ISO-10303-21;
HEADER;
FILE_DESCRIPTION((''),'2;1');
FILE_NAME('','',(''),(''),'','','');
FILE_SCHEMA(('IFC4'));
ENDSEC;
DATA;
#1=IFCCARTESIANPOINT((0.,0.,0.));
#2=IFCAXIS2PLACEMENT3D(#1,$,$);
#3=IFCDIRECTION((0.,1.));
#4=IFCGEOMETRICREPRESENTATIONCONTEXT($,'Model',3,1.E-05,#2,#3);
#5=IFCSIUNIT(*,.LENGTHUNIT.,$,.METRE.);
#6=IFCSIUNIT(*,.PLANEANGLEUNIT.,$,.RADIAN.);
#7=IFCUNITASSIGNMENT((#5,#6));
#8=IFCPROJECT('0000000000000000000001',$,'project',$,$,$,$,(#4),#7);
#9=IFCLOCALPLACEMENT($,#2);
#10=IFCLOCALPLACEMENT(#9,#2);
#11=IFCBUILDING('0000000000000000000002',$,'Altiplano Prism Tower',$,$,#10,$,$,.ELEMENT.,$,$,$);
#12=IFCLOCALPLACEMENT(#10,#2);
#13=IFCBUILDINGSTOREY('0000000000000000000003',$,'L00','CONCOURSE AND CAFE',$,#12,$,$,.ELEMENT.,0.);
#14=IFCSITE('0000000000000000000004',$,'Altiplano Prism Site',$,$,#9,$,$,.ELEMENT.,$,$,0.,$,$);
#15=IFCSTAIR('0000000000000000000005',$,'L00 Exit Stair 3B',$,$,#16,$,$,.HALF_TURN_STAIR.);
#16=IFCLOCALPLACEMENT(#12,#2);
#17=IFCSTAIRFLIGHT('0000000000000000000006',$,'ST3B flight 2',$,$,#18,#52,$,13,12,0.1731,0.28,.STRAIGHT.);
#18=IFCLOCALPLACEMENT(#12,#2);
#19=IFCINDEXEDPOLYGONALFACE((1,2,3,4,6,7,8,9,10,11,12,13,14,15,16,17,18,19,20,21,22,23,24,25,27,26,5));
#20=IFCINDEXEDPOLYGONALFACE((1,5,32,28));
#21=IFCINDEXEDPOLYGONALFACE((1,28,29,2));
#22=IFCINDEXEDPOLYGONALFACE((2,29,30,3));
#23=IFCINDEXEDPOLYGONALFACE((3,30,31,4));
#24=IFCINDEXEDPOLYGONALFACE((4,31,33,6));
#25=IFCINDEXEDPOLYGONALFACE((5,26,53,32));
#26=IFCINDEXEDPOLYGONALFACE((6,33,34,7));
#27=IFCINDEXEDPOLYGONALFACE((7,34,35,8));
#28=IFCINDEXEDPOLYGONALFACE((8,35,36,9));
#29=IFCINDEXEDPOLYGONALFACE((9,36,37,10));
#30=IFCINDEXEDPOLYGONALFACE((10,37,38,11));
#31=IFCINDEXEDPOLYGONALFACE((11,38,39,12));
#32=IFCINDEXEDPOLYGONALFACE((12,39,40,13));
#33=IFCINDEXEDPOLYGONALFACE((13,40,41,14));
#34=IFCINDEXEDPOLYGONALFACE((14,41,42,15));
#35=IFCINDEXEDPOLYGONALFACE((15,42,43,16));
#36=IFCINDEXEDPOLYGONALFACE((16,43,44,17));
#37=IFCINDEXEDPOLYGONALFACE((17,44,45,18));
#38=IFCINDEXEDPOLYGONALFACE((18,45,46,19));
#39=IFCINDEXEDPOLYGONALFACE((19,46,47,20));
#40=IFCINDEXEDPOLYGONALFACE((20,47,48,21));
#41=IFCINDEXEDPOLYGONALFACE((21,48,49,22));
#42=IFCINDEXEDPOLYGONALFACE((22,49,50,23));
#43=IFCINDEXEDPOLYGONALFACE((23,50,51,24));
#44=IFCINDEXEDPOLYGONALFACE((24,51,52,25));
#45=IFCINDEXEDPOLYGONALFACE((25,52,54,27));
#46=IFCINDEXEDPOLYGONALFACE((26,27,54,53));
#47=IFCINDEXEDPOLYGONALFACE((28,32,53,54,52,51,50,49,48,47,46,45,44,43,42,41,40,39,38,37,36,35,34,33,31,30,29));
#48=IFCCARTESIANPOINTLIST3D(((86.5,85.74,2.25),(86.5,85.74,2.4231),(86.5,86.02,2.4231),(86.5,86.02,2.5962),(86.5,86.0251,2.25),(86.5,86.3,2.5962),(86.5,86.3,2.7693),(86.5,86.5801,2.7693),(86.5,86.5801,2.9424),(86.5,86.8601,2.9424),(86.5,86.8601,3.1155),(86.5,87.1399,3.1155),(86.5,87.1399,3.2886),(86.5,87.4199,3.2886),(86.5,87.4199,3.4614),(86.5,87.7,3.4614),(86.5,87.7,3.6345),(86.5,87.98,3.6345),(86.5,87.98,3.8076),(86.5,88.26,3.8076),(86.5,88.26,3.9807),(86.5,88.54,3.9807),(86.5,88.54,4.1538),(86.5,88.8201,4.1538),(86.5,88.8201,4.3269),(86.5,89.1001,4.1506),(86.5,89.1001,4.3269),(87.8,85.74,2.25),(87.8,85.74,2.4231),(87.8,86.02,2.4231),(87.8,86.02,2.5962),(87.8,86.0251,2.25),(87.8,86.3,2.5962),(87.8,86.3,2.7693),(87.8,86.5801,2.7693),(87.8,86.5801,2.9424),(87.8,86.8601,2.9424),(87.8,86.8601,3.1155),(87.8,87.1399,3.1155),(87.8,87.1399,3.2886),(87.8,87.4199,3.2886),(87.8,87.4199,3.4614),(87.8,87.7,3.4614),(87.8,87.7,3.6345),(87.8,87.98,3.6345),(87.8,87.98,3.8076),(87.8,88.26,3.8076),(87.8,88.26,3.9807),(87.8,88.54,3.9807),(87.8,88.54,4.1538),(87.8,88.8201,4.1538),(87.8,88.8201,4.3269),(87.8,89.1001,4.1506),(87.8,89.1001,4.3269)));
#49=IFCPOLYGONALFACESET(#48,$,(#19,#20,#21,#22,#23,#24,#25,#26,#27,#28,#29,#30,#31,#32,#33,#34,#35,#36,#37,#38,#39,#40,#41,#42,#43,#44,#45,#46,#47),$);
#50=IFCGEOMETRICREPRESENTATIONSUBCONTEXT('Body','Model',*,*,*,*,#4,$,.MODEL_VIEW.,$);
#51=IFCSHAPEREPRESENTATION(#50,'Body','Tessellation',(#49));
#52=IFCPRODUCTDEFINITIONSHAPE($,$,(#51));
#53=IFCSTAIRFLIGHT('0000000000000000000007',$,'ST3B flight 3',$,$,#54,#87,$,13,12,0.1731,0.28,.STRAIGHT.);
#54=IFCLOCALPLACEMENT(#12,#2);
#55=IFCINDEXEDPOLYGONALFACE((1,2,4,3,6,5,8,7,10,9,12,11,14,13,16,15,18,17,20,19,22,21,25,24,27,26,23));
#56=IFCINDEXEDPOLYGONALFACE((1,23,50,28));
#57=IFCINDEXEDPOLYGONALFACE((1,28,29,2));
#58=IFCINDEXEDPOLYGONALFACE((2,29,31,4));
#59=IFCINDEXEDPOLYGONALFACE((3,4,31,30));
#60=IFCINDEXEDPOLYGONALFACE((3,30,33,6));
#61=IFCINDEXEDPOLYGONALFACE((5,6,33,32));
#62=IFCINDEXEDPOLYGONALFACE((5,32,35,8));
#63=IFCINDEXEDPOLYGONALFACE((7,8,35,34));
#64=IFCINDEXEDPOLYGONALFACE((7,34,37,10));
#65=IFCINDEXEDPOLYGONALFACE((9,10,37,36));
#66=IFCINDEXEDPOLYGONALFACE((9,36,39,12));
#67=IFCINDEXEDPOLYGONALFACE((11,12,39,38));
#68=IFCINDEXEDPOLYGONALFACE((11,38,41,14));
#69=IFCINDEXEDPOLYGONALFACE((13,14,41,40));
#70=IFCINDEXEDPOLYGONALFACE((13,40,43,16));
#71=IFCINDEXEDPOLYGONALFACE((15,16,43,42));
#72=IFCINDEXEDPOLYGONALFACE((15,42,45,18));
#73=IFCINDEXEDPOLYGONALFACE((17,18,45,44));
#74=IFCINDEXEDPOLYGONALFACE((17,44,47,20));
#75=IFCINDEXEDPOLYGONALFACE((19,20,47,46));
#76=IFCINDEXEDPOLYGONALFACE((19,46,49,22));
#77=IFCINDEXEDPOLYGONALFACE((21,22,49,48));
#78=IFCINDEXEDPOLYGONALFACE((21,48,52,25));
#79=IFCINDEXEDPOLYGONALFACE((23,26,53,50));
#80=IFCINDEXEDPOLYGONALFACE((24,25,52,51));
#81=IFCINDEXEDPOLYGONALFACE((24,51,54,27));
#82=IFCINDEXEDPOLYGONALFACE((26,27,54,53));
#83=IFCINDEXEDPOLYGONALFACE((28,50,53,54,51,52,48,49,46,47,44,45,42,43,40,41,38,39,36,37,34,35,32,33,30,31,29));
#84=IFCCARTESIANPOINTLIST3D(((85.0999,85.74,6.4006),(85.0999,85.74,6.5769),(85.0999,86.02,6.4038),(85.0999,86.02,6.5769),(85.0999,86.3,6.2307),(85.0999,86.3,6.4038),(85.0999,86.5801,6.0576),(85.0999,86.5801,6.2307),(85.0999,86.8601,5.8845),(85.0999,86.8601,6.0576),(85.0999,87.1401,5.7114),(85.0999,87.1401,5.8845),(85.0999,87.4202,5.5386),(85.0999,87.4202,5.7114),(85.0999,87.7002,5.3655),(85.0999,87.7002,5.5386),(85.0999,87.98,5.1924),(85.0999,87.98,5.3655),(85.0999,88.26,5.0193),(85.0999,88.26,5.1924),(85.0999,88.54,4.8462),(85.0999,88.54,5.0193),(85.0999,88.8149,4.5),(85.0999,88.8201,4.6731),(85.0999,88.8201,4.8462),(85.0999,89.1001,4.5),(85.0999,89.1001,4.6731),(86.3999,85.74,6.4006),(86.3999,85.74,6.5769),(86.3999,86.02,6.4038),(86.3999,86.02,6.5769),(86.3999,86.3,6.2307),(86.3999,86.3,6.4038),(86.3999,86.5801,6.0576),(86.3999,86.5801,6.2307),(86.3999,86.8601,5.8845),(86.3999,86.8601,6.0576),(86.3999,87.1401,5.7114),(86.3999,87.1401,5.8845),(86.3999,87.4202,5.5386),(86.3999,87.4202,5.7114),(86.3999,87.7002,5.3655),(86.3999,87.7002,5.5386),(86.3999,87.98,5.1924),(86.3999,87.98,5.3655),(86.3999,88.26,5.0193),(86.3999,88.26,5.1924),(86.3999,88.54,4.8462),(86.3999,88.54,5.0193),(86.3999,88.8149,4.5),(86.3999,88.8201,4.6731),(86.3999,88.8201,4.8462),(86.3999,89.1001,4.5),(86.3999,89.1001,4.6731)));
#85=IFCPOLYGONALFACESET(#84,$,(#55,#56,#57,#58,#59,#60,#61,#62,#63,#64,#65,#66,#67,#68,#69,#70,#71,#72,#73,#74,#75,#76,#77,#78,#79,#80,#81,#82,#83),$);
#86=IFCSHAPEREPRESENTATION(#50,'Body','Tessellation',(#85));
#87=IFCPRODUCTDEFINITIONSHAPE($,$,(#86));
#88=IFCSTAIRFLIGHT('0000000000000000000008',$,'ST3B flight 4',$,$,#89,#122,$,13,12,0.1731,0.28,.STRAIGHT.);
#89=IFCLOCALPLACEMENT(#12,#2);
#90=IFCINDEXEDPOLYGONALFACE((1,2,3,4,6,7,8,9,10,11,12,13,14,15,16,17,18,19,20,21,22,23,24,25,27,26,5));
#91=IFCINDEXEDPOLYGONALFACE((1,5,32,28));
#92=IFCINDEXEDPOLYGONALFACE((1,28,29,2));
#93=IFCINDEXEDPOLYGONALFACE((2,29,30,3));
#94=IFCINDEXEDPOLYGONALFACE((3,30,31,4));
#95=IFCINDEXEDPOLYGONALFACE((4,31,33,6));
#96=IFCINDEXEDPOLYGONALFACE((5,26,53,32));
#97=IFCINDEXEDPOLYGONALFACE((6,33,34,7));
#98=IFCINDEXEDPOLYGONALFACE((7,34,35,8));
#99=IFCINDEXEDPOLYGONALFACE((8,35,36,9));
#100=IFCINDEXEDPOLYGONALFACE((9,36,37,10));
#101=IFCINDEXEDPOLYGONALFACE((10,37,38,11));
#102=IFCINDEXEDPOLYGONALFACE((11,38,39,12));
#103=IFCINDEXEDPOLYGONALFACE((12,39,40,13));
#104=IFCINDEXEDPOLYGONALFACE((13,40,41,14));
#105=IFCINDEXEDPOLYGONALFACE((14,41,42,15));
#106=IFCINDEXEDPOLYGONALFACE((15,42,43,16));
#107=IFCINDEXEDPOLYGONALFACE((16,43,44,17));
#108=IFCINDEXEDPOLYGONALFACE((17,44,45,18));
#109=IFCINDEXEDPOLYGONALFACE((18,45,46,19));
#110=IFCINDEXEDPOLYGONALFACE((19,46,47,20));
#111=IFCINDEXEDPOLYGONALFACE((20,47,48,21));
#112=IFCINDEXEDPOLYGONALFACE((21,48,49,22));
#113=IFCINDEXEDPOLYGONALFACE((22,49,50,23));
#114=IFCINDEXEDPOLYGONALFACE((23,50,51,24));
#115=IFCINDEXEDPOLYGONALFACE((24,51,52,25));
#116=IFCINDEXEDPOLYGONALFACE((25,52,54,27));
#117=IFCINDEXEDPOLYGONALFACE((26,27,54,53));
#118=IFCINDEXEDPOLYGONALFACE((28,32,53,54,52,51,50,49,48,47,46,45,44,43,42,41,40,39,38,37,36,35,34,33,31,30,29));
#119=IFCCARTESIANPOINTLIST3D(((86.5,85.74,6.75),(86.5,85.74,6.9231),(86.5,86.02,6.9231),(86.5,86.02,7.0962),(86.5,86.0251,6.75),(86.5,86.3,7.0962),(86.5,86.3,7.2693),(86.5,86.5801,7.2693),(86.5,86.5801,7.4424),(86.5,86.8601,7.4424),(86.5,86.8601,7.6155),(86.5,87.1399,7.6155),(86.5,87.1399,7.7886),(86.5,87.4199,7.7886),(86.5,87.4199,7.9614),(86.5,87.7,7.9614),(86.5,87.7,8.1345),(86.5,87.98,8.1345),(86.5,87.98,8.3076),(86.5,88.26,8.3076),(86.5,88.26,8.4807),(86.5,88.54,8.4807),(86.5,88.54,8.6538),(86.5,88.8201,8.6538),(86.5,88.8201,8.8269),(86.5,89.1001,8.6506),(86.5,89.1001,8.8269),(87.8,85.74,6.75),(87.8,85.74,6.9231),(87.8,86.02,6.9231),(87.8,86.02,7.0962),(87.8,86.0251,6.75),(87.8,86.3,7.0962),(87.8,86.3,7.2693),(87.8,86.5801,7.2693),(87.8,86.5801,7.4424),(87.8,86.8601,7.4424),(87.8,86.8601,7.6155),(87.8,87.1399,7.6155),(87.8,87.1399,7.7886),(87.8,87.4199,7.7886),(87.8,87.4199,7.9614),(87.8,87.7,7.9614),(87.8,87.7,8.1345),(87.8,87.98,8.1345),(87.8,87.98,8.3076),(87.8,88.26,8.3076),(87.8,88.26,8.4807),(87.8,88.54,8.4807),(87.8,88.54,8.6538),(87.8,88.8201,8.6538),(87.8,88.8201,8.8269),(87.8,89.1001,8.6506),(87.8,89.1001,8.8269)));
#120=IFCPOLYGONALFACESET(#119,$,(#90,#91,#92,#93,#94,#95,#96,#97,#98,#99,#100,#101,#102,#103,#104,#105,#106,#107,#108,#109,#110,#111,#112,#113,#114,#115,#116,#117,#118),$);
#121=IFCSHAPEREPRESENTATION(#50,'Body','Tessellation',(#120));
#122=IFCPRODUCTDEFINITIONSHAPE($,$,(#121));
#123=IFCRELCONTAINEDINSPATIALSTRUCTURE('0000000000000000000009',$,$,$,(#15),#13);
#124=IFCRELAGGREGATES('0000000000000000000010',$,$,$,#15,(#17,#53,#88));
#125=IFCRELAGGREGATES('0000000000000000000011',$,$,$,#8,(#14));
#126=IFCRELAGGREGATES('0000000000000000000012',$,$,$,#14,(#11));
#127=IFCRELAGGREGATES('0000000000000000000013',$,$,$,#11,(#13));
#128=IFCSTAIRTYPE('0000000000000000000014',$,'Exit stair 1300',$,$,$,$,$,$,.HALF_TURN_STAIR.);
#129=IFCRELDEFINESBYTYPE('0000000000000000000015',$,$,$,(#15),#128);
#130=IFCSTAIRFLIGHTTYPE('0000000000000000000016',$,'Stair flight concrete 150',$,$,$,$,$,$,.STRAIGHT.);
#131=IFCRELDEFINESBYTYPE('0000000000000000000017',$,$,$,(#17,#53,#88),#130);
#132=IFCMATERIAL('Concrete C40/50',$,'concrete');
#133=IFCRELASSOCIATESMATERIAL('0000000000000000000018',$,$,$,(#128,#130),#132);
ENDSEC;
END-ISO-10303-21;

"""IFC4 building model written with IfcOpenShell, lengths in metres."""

from ifc_helpers import new_model, si_unit, direction, frame, origin, place, context, subcontext, project, spatial, polyline, outline, extrude, material, type_object, element, aggregate, save


model = new_model("IFC4")

# Units and contexts
model_context = context("Model", 3, precision=1e-05, world=origin(), true_north=direction((0.0, 1.0)))
body_context = subcontext(model_context, "Body", "Model", "MODEL_VIEW")
ifc_project = project(units=[si_unit("LENGTHUNIT", "METRE"), si_unit("PLANEANGLEUNIT", "RADIAN")], contexts=[model_context])

# Site, building, storey
site_placement = place(None, origin())
site = spatial("IfcSite", under=ifc_project, at=site_placement, Name="Altiplano Prism Site", CompositionType="ELEMENT", RefElevation=0.0)
building_placement = place(site_placement, origin())
building = spatial("IfcBuilding", under=site, at=building_placement, Name="Altiplano Prism Tower", CompositionType="ELEMENT")
storey_placement = place(building_placement, origin())
storey = spatial("IfcBuildingStorey", under=building, at=storey_placement, Name="L00", Description="CONCOURSE AND CAFE", CompositionType="ELEMENT", Elevation=0.0)

# Stair, stair flights
ifc_material_1 = material(Name="Concrete C40/50", Category="concrete")
stair_type = type_object("IfcStairType", Name="Exit stair 1300", PredefinedType="HALF_TURN_STAIR", material=ifc_material_1)
stair_flight_type = type_object("IfcStairFlightType", Name="Stair flight concrete 150", PredefinedType="STRAIGHT", material=ifc_material_1)
stair_1_placement = place(storey_placement, origin())
stair_1 = element("IfcStair", 1, at=stair_1_placement, inside=storey, type_object=stair_type, Name="L00 Exit Stair 3B", PredefinedType="HALF_TURN_STAIR")
stair_flight_1_placement = place(storey_placement, frame((87.1499, 85.74, 2.25), z_axis=(0.0, 0.0, 1.0), x_axis=(0.0, 1.0, 0.0)))
stair_flight_1 = element("IfcStairFlight", 2, at=stair_flight_1_placement, type_object=stair_flight_type, Name="ST3B flight 2", NumberOfRisers=13, NumberOfTreads=12, PredefinedType="STRAIGHT", RiserHeight=0.1731, TreadLength=0.28, context=body_context, shape_type="SweptSolid", body=[
    extrude(outline(polyline([(0.0, 0.0), (0.0, 0.1731), (0.28, 0.1731), (0.28, 0.3462), (0.5601, 0.3462), (0.5601, 0.5193), (0.8401, 0.5193), (0.8401, 0.6924), (1.1201, 0.6924), (1.1201, 0.8655), (1.3999, 0.8655), (1.3999, 1.0386), (1.6799, 1.0386), (1.6799, 1.2114), (1.96, 1.2114), (1.96, 1.3845), (2.24, 1.3845), (2.24, 1.5576), (2.52, 1.5576), (2.52, 1.7307), (2.8, 1.7307), (2.8, 1.9038), (3.0801, 1.9038), (3.0801, 2.0769), (3.3601, 2.0769), (3.3601, 2.25), (3.3601, 1.9006), (0.2852, 0.0), (0.0, 0.0)])), frame((0.0, 0.6499, 0.0), z_axis=(0.0, -1.0, 0.0), x_axis=(1.0, 0.0, 0.0)), (0.0, 0.0, 1.0), 1.3),
])
stair_flight_2_placement = place(storey_placement, frame((85.75, 89.1001, 4.5), z_axis=(0.0, 0.0, 1.0), x_axis=(0.0, -1.0, 0.0)))
stair_flight_2 = element("IfcStairFlight", 3, at=stair_flight_2_placement, type_object=stair_flight_type, Name="ST3B flight 3", NumberOfRisers=13, NumberOfTreads=12, PredefinedType="STRAIGHT", RiserHeight=0.1731, TreadLength=0.28, context=body_context, shape_type="SweptSolid", body=[
    extrude(outline(polyline([(0.0, 0.0), (0.0, 0.1731), (0.28, 0.1731), (0.28, 0.3462), (0.5601, 0.3462), (0.5601, 0.5193), (0.8401, 0.5193), (0.8401, 0.6924), (1.1201, 0.6924), (1.1201, 0.8655), (1.3999, 0.8655), (1.3999, 1.0386), (1.6799, 1.0386), (1.6799, 1.2114), (1.96, 1.2114), (1.96, 1.3845), (2.24, 1.3845), (2.24, 1.5576), (2.52, 1.5576), (2.52, 1.7307), (2.8, 1.7307), (2.8, 1.9038), (3.0801, 1.9038), (3.0801, 2.0769), (3.3601, 2.0769), (3.3601, 2.25), (3.3601, 1.9006), (0.2852, 0.0), (0.0, 0.0)])), frame((0.0, 0.6499, 0.0), z_axis=(0.0, -1.0, 0.0), x_axis=(1.0, 0.0, 0.0)), (0.0, 0.0, 1.0), 1.3),
])
stair_flight_3_placement = place(storey_placement, frame((87.1499, 85.74, 6.75), z_axis=(0.0, 0.0, 1.0), x_axis=(0.0, 1.0, 0.0)))
stair_flight_3 = element("IfcStairFlight", 4, at=stair_flight_3_placement, type_object=stair_flight_type, Name="ST3B flight 4", NumberOfRisers=13, NumberOfTreads=12, PredefinedType="STRAIGHT", RiserHeight=0.1731, TreadLength=0.28, context=body_context, shape_type="SweptSolid", body=[
    extrude(outline(polyline([(0.0, 0.0), (0.0, 0.1731), (0.28, 0.1731), (0.28, 0.3462), (0.5601, 0.3462), (0.5601, 0.5193), (0.8401, 0.5193), (0.8401, 0.6924), (1.1201, 0.6924), (1.1201, 0.8655), (1.3999, 0.8655), (1.3999, 1.0386), (1.6799, 1.0386), (1.6799, 1.2114), (1.96, 1.2114), (1.96, 1.3845), (2.24, 1.3845), (2.24, 1.5576), (2.52, 1.5576), (2.52, 1.7307), (2.8, 1.7307), (2.8, 1.9038), (3.0801, 1.9038), (3.0801, 2.0769), (3.3601, 2.0769), (3.3601, 2.25), (3.3601, 1.9006), (0.2852, 0.0), (0.0, 0.0)])), frame((0.0, 0.6499, 0.0), z_axis=(0.0, -1.0, 0.0), x_axis=(1.0, 0.0, 0.0)), (0.0, 0.0, 1.0), 1.3),
])
aggregate(stair_1, [stair_flight_1, stair_flight_2, stair_flight_3])

save(model, "model.ifc")
